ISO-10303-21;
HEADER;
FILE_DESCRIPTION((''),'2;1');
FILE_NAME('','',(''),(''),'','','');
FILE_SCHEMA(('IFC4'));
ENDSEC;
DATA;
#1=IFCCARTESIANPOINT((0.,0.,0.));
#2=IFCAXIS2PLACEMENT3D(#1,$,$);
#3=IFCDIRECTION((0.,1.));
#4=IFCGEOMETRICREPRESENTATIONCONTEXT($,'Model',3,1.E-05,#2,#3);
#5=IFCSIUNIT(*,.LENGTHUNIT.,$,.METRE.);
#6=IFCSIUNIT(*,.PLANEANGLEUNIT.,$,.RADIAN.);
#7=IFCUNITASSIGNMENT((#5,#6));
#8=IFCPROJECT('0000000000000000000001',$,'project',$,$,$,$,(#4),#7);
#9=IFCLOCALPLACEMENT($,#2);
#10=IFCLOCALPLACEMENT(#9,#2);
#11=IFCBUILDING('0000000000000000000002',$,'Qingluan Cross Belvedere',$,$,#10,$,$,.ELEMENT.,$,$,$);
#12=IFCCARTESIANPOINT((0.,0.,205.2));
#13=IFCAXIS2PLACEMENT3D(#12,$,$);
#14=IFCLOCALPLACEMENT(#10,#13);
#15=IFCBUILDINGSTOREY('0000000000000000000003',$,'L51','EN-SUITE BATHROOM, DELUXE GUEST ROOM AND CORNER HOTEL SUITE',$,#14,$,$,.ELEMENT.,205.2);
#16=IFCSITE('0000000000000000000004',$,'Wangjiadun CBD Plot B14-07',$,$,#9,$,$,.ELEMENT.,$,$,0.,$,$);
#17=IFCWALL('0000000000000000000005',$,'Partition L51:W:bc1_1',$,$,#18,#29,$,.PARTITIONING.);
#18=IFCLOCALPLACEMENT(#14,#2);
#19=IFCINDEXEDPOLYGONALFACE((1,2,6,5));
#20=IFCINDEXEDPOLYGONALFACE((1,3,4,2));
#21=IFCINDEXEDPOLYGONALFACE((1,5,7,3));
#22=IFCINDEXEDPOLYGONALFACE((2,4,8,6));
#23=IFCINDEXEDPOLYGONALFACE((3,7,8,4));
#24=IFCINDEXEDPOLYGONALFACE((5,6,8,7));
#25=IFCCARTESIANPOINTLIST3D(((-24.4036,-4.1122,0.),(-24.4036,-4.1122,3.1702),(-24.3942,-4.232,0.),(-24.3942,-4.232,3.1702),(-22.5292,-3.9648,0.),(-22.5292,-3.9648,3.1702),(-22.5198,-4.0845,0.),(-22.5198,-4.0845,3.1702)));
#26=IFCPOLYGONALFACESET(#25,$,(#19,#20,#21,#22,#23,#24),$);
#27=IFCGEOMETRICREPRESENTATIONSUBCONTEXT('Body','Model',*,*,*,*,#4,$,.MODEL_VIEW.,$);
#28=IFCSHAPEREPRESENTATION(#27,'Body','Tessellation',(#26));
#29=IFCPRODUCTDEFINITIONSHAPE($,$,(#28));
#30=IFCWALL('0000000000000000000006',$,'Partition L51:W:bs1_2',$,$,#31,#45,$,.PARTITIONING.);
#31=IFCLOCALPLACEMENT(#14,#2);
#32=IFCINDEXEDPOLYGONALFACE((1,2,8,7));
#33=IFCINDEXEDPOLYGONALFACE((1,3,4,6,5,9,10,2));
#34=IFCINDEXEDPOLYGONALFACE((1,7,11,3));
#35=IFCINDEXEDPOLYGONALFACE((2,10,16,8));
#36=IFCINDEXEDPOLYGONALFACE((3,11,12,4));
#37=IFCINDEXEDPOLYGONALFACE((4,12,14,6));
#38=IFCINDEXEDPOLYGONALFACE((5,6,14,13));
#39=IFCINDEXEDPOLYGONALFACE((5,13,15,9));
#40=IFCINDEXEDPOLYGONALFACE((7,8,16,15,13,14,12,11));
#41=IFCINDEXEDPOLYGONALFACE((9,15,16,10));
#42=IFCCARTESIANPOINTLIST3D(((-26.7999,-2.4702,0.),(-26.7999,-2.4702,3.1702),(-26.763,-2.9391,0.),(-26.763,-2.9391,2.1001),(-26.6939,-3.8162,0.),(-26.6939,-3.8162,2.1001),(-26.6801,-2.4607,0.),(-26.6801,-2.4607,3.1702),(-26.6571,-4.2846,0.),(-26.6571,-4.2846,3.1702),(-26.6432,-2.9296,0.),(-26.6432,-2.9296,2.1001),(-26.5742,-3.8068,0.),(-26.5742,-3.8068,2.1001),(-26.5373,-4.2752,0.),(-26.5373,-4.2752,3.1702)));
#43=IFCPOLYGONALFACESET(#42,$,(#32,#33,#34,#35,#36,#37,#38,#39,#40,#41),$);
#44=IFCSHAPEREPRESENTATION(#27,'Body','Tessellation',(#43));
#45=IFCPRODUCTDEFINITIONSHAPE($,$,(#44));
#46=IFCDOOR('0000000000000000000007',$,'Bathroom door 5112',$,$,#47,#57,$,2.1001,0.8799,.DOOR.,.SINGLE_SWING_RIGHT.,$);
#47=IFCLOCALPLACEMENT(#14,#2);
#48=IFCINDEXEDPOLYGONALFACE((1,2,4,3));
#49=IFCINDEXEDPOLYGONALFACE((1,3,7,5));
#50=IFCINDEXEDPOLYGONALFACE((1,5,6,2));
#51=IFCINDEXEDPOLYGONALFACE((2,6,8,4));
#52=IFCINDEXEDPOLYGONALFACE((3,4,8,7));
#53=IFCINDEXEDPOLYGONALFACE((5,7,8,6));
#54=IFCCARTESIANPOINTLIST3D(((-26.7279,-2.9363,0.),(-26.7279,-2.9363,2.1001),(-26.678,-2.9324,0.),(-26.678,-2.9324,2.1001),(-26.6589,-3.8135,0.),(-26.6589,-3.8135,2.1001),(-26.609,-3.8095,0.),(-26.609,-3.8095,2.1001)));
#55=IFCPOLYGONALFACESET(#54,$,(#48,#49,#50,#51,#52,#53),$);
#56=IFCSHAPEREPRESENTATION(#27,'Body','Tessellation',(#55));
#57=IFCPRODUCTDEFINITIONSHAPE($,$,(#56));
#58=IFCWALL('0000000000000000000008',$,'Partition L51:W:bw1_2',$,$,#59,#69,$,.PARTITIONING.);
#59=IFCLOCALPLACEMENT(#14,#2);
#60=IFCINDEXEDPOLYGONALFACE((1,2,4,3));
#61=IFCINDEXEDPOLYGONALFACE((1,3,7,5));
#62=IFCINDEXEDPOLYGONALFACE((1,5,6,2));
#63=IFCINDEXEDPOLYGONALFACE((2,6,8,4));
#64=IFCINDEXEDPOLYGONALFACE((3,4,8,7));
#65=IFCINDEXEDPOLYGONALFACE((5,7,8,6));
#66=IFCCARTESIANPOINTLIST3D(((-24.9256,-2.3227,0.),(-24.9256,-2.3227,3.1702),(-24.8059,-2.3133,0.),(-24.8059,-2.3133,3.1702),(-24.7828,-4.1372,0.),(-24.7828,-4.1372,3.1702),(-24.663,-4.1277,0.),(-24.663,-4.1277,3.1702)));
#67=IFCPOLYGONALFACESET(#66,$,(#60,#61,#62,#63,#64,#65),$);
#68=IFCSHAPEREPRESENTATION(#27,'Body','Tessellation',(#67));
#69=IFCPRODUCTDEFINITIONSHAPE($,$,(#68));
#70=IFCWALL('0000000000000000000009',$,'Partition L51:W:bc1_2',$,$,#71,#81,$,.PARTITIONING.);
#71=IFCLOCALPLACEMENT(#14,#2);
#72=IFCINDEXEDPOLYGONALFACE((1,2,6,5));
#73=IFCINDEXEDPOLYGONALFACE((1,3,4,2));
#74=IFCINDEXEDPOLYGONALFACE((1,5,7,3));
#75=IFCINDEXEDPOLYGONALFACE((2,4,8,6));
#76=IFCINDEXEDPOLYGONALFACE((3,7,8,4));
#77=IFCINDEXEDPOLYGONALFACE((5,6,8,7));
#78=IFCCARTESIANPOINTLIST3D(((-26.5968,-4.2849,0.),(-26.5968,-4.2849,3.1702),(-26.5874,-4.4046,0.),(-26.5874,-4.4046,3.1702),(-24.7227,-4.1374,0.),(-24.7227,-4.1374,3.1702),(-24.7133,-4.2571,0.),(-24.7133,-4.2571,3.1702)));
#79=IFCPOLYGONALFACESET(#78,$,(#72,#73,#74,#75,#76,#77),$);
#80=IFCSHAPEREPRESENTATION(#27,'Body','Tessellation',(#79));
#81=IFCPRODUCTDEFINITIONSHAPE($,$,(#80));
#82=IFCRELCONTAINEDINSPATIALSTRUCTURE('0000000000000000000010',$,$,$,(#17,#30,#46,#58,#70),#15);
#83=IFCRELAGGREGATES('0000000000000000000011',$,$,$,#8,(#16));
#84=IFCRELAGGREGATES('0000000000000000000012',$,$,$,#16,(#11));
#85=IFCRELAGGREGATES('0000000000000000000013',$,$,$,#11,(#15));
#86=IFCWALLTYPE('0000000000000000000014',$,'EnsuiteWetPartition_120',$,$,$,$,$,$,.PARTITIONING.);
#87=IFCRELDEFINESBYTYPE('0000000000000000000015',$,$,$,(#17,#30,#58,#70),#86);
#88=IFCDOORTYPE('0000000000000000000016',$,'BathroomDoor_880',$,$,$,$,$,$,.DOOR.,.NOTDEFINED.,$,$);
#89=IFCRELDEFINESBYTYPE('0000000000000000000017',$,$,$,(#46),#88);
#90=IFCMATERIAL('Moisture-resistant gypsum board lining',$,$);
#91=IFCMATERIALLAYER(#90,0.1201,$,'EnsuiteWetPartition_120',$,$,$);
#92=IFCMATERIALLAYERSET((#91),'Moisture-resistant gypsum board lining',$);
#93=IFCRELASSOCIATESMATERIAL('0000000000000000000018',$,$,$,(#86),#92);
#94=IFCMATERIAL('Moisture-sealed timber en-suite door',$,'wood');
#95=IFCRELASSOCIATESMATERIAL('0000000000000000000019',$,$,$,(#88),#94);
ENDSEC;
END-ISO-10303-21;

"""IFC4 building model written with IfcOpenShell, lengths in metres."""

from ifc_helpers import new_model, si_unit, direction, frame, frame_2d, origin, place, context, subcontext, project, spatial, rectangle, extrude, material, layer, layer_set, type_object, element, fill, save


model = new_model("IFC4")

# Units and contexts
model_context = context("Model", 3, precision=1e-05, world=origin(), true_north=direction((0.0, 1.0)))
body_context = subcontext(model_context, "Body", "Model", "MODEL_VIEW")
ifc_project = project(units=[si_unit("LENGTHUNIT", "METRE"), si_unit("PLANEANGLEUNIT", "RADIAN")], contexts=[model_context])

# Site, building, storey
site_placement = place(None, origin())
site = spatial("IfcSite", under=ifc_project, at=site_placement, Name="Wangjiadun CBD Plot B14-07", CompositionType="ELEMENT", RefElevation=0.0)
building_placement = place(site_placement, origin())
building = spatial("IfcBuilding", under=site, at=building_placement, Name="Qingluan Cross Belvedere", CompositionType="ELEMENT")
storey_placement = place(building_placement, frame((0.0, 0.0, 205.2)))
storey = spatial("IfcBuildingStorey", under=building, at=storey_placement, Name="L51", Description="EN-SUITE BATHROOM, DELUXE GUEST ROOM AND CORNER HOTEL SUITE", CompositionType="ELEMENT", Elevation=205.2)

# Shared definitions
ifc_material_1 = material(Name="Moisture-resistant gypsum board lining")
ifc_layer_1 = layer(ifc_material_1, 0.1201, Name="EnsuiteWetPartition_120")
ifc_layer_set_1 = layer_set([ifc_layer_1], Name="Moisture-resistant gypsum board lining")
wall_type_1 = type_object("IfcWallType", Name="EnsuiteWetPartition_120", PredefinedType="PARTITIONING", material=ifc_layer_set_1)
ifc_material_2 = material(Name="Moisture-sealed timber en-suite door", Category="wood")
door_type_1 = type_object("IfcDoorType", Name="BathroomDoor_880", OperationType="NOTDEFINED", PredefinedType="DOOR", material=ifc_material_2)

# Wall
wall_1_placement = place(storey_placement, frame((-22.5247, -4.0247, 0.0), z_axis=(0.0, 0.0, 1.0), x_axis=(-0.996919, -0.078434, 0.0)))
element("IfcWall", 1, at=wall_1_placement, inside=storey, type_object=wall_type_1, Name="Partition L51:W:bc1_1", PredefinedType="PARTITIONING", context=body_context, shape_type="SweptSolid", body=[
    extrude(rectangle(XDim=1.8801, YDim=0.1201, at=frame_2d((0.9399, 0.0))), origin(), (0.0, 0.0, 1.0), 3.1702),
])

# Wall, opening, door
wall_2_placement = place(storey_placement, frame((-26.5972, -4.28, 0.0), z_axis=(0.0, 0.0, 1.0), x_axis=(-0.078471, 0.996916, 0.0)))
wall_2 = element("IfcWall", 2, at=wall_2_placement, inside=storey, type_object=wall_type_1, Name="Partition L51:W:bs1_2", PredefinedType="PARTITIONING", context=body_context, shape_type="SweptSolid", body=[
    extrude(rectangle(XDim=1.8201, YDim=0.1201, at=frame_2d((0.9102, 0.0))), origin(), (0.0, 0.0, 1.0), 3.1702),
])
opening_1_placement = place(wall_2_placement, frame((0.47, 0.0, 0.0)))
opening_1 = element("IfcOpeningElement", 3, at=opening_1_placement, cuts=wall_2, PredefinedType="OPENING", context=body_context, shape_type="SweptSolid", body=[
    extrude(rectangle(XDim=0.8799, YDim=2.1001, at=frame_2d((0.4399, 1.05))), frame((0.0, 0.0701, 0.0), z_axis=(0.0, -1.0, 0.0), x_axis=(1.0, 0.0, 0.0)), (0.0, 0.0, 1.0), 0.1401),
])
door_1_placement = place(opening_1_placement, origin())
door_1 = element("IfcDoor", 4, at=door_1_placement, inside=storey, type_object=door_type_1, Name="Bathroom door 5112", OperationType="SINGLE_SWING_RIGHT", OverallHeight=2.1001, OverallWidth=0.8799, PredefinedType="DOOR", context=body_context, shape_type="SweptSolid", body=[
    extrude(rectangle(XDim=0.8799, YDim=2.1001, at=frame_2d((0.4399, 1.05))), frame((0.0, 0.0249, 0.0), z_axis=(0.0, -1.0, 0.0), x_axis=(1.0, 0.0, 0.0)), (0.0, 0.0, 1.0), 0.05),
])
fill(opening_1, door_1)

# Walls
wall_3_placement = place(storey_placement, frame((-24.7229, -4.1326, 0.0), z_axis=(0.0, 0.0, 1.0), x_axis=(-0.078471, 0.996916, 0.0)))
element("IfcWall", 5, at=wall_3_placement, inside=storey, type_object=wall_type_1, Name="Partition L51:W:bw1_2", PredefinedType="PARTITIONING", context=body_context, shape_type="SweptSolid", body=[
    extrude(rectangle(XDim=1.8201, YDim=0.1201, at=frame_2d((0.9102, 0.0))), origin(), (0.0, 0.0, 1.0), 3.1702),
])
wall_4_placement = place(storey_placement, frame((-24.718, -4.1973, 0.0), z_axis=(0.0, 0.0, 1.0), x_axis=(-0.996918, -0.078444, 0.0)))
element("IfcWall", 6, at=wall_4_placement, inside=storey, type_object=wall_type_1, Name="Partition L51:W:bc1_2", PredefinedType="PARTITIONING", context=body_context, shape_type="SweptSolid", body=[
    extrude(rectangle(XDim=1.8799, YDim=0.1201, at=frame_2d((0.9399, 0.0))), origin(), (0.0, 0.0, 1.0), 3.1702),
])

save(model, "model.ifc")
